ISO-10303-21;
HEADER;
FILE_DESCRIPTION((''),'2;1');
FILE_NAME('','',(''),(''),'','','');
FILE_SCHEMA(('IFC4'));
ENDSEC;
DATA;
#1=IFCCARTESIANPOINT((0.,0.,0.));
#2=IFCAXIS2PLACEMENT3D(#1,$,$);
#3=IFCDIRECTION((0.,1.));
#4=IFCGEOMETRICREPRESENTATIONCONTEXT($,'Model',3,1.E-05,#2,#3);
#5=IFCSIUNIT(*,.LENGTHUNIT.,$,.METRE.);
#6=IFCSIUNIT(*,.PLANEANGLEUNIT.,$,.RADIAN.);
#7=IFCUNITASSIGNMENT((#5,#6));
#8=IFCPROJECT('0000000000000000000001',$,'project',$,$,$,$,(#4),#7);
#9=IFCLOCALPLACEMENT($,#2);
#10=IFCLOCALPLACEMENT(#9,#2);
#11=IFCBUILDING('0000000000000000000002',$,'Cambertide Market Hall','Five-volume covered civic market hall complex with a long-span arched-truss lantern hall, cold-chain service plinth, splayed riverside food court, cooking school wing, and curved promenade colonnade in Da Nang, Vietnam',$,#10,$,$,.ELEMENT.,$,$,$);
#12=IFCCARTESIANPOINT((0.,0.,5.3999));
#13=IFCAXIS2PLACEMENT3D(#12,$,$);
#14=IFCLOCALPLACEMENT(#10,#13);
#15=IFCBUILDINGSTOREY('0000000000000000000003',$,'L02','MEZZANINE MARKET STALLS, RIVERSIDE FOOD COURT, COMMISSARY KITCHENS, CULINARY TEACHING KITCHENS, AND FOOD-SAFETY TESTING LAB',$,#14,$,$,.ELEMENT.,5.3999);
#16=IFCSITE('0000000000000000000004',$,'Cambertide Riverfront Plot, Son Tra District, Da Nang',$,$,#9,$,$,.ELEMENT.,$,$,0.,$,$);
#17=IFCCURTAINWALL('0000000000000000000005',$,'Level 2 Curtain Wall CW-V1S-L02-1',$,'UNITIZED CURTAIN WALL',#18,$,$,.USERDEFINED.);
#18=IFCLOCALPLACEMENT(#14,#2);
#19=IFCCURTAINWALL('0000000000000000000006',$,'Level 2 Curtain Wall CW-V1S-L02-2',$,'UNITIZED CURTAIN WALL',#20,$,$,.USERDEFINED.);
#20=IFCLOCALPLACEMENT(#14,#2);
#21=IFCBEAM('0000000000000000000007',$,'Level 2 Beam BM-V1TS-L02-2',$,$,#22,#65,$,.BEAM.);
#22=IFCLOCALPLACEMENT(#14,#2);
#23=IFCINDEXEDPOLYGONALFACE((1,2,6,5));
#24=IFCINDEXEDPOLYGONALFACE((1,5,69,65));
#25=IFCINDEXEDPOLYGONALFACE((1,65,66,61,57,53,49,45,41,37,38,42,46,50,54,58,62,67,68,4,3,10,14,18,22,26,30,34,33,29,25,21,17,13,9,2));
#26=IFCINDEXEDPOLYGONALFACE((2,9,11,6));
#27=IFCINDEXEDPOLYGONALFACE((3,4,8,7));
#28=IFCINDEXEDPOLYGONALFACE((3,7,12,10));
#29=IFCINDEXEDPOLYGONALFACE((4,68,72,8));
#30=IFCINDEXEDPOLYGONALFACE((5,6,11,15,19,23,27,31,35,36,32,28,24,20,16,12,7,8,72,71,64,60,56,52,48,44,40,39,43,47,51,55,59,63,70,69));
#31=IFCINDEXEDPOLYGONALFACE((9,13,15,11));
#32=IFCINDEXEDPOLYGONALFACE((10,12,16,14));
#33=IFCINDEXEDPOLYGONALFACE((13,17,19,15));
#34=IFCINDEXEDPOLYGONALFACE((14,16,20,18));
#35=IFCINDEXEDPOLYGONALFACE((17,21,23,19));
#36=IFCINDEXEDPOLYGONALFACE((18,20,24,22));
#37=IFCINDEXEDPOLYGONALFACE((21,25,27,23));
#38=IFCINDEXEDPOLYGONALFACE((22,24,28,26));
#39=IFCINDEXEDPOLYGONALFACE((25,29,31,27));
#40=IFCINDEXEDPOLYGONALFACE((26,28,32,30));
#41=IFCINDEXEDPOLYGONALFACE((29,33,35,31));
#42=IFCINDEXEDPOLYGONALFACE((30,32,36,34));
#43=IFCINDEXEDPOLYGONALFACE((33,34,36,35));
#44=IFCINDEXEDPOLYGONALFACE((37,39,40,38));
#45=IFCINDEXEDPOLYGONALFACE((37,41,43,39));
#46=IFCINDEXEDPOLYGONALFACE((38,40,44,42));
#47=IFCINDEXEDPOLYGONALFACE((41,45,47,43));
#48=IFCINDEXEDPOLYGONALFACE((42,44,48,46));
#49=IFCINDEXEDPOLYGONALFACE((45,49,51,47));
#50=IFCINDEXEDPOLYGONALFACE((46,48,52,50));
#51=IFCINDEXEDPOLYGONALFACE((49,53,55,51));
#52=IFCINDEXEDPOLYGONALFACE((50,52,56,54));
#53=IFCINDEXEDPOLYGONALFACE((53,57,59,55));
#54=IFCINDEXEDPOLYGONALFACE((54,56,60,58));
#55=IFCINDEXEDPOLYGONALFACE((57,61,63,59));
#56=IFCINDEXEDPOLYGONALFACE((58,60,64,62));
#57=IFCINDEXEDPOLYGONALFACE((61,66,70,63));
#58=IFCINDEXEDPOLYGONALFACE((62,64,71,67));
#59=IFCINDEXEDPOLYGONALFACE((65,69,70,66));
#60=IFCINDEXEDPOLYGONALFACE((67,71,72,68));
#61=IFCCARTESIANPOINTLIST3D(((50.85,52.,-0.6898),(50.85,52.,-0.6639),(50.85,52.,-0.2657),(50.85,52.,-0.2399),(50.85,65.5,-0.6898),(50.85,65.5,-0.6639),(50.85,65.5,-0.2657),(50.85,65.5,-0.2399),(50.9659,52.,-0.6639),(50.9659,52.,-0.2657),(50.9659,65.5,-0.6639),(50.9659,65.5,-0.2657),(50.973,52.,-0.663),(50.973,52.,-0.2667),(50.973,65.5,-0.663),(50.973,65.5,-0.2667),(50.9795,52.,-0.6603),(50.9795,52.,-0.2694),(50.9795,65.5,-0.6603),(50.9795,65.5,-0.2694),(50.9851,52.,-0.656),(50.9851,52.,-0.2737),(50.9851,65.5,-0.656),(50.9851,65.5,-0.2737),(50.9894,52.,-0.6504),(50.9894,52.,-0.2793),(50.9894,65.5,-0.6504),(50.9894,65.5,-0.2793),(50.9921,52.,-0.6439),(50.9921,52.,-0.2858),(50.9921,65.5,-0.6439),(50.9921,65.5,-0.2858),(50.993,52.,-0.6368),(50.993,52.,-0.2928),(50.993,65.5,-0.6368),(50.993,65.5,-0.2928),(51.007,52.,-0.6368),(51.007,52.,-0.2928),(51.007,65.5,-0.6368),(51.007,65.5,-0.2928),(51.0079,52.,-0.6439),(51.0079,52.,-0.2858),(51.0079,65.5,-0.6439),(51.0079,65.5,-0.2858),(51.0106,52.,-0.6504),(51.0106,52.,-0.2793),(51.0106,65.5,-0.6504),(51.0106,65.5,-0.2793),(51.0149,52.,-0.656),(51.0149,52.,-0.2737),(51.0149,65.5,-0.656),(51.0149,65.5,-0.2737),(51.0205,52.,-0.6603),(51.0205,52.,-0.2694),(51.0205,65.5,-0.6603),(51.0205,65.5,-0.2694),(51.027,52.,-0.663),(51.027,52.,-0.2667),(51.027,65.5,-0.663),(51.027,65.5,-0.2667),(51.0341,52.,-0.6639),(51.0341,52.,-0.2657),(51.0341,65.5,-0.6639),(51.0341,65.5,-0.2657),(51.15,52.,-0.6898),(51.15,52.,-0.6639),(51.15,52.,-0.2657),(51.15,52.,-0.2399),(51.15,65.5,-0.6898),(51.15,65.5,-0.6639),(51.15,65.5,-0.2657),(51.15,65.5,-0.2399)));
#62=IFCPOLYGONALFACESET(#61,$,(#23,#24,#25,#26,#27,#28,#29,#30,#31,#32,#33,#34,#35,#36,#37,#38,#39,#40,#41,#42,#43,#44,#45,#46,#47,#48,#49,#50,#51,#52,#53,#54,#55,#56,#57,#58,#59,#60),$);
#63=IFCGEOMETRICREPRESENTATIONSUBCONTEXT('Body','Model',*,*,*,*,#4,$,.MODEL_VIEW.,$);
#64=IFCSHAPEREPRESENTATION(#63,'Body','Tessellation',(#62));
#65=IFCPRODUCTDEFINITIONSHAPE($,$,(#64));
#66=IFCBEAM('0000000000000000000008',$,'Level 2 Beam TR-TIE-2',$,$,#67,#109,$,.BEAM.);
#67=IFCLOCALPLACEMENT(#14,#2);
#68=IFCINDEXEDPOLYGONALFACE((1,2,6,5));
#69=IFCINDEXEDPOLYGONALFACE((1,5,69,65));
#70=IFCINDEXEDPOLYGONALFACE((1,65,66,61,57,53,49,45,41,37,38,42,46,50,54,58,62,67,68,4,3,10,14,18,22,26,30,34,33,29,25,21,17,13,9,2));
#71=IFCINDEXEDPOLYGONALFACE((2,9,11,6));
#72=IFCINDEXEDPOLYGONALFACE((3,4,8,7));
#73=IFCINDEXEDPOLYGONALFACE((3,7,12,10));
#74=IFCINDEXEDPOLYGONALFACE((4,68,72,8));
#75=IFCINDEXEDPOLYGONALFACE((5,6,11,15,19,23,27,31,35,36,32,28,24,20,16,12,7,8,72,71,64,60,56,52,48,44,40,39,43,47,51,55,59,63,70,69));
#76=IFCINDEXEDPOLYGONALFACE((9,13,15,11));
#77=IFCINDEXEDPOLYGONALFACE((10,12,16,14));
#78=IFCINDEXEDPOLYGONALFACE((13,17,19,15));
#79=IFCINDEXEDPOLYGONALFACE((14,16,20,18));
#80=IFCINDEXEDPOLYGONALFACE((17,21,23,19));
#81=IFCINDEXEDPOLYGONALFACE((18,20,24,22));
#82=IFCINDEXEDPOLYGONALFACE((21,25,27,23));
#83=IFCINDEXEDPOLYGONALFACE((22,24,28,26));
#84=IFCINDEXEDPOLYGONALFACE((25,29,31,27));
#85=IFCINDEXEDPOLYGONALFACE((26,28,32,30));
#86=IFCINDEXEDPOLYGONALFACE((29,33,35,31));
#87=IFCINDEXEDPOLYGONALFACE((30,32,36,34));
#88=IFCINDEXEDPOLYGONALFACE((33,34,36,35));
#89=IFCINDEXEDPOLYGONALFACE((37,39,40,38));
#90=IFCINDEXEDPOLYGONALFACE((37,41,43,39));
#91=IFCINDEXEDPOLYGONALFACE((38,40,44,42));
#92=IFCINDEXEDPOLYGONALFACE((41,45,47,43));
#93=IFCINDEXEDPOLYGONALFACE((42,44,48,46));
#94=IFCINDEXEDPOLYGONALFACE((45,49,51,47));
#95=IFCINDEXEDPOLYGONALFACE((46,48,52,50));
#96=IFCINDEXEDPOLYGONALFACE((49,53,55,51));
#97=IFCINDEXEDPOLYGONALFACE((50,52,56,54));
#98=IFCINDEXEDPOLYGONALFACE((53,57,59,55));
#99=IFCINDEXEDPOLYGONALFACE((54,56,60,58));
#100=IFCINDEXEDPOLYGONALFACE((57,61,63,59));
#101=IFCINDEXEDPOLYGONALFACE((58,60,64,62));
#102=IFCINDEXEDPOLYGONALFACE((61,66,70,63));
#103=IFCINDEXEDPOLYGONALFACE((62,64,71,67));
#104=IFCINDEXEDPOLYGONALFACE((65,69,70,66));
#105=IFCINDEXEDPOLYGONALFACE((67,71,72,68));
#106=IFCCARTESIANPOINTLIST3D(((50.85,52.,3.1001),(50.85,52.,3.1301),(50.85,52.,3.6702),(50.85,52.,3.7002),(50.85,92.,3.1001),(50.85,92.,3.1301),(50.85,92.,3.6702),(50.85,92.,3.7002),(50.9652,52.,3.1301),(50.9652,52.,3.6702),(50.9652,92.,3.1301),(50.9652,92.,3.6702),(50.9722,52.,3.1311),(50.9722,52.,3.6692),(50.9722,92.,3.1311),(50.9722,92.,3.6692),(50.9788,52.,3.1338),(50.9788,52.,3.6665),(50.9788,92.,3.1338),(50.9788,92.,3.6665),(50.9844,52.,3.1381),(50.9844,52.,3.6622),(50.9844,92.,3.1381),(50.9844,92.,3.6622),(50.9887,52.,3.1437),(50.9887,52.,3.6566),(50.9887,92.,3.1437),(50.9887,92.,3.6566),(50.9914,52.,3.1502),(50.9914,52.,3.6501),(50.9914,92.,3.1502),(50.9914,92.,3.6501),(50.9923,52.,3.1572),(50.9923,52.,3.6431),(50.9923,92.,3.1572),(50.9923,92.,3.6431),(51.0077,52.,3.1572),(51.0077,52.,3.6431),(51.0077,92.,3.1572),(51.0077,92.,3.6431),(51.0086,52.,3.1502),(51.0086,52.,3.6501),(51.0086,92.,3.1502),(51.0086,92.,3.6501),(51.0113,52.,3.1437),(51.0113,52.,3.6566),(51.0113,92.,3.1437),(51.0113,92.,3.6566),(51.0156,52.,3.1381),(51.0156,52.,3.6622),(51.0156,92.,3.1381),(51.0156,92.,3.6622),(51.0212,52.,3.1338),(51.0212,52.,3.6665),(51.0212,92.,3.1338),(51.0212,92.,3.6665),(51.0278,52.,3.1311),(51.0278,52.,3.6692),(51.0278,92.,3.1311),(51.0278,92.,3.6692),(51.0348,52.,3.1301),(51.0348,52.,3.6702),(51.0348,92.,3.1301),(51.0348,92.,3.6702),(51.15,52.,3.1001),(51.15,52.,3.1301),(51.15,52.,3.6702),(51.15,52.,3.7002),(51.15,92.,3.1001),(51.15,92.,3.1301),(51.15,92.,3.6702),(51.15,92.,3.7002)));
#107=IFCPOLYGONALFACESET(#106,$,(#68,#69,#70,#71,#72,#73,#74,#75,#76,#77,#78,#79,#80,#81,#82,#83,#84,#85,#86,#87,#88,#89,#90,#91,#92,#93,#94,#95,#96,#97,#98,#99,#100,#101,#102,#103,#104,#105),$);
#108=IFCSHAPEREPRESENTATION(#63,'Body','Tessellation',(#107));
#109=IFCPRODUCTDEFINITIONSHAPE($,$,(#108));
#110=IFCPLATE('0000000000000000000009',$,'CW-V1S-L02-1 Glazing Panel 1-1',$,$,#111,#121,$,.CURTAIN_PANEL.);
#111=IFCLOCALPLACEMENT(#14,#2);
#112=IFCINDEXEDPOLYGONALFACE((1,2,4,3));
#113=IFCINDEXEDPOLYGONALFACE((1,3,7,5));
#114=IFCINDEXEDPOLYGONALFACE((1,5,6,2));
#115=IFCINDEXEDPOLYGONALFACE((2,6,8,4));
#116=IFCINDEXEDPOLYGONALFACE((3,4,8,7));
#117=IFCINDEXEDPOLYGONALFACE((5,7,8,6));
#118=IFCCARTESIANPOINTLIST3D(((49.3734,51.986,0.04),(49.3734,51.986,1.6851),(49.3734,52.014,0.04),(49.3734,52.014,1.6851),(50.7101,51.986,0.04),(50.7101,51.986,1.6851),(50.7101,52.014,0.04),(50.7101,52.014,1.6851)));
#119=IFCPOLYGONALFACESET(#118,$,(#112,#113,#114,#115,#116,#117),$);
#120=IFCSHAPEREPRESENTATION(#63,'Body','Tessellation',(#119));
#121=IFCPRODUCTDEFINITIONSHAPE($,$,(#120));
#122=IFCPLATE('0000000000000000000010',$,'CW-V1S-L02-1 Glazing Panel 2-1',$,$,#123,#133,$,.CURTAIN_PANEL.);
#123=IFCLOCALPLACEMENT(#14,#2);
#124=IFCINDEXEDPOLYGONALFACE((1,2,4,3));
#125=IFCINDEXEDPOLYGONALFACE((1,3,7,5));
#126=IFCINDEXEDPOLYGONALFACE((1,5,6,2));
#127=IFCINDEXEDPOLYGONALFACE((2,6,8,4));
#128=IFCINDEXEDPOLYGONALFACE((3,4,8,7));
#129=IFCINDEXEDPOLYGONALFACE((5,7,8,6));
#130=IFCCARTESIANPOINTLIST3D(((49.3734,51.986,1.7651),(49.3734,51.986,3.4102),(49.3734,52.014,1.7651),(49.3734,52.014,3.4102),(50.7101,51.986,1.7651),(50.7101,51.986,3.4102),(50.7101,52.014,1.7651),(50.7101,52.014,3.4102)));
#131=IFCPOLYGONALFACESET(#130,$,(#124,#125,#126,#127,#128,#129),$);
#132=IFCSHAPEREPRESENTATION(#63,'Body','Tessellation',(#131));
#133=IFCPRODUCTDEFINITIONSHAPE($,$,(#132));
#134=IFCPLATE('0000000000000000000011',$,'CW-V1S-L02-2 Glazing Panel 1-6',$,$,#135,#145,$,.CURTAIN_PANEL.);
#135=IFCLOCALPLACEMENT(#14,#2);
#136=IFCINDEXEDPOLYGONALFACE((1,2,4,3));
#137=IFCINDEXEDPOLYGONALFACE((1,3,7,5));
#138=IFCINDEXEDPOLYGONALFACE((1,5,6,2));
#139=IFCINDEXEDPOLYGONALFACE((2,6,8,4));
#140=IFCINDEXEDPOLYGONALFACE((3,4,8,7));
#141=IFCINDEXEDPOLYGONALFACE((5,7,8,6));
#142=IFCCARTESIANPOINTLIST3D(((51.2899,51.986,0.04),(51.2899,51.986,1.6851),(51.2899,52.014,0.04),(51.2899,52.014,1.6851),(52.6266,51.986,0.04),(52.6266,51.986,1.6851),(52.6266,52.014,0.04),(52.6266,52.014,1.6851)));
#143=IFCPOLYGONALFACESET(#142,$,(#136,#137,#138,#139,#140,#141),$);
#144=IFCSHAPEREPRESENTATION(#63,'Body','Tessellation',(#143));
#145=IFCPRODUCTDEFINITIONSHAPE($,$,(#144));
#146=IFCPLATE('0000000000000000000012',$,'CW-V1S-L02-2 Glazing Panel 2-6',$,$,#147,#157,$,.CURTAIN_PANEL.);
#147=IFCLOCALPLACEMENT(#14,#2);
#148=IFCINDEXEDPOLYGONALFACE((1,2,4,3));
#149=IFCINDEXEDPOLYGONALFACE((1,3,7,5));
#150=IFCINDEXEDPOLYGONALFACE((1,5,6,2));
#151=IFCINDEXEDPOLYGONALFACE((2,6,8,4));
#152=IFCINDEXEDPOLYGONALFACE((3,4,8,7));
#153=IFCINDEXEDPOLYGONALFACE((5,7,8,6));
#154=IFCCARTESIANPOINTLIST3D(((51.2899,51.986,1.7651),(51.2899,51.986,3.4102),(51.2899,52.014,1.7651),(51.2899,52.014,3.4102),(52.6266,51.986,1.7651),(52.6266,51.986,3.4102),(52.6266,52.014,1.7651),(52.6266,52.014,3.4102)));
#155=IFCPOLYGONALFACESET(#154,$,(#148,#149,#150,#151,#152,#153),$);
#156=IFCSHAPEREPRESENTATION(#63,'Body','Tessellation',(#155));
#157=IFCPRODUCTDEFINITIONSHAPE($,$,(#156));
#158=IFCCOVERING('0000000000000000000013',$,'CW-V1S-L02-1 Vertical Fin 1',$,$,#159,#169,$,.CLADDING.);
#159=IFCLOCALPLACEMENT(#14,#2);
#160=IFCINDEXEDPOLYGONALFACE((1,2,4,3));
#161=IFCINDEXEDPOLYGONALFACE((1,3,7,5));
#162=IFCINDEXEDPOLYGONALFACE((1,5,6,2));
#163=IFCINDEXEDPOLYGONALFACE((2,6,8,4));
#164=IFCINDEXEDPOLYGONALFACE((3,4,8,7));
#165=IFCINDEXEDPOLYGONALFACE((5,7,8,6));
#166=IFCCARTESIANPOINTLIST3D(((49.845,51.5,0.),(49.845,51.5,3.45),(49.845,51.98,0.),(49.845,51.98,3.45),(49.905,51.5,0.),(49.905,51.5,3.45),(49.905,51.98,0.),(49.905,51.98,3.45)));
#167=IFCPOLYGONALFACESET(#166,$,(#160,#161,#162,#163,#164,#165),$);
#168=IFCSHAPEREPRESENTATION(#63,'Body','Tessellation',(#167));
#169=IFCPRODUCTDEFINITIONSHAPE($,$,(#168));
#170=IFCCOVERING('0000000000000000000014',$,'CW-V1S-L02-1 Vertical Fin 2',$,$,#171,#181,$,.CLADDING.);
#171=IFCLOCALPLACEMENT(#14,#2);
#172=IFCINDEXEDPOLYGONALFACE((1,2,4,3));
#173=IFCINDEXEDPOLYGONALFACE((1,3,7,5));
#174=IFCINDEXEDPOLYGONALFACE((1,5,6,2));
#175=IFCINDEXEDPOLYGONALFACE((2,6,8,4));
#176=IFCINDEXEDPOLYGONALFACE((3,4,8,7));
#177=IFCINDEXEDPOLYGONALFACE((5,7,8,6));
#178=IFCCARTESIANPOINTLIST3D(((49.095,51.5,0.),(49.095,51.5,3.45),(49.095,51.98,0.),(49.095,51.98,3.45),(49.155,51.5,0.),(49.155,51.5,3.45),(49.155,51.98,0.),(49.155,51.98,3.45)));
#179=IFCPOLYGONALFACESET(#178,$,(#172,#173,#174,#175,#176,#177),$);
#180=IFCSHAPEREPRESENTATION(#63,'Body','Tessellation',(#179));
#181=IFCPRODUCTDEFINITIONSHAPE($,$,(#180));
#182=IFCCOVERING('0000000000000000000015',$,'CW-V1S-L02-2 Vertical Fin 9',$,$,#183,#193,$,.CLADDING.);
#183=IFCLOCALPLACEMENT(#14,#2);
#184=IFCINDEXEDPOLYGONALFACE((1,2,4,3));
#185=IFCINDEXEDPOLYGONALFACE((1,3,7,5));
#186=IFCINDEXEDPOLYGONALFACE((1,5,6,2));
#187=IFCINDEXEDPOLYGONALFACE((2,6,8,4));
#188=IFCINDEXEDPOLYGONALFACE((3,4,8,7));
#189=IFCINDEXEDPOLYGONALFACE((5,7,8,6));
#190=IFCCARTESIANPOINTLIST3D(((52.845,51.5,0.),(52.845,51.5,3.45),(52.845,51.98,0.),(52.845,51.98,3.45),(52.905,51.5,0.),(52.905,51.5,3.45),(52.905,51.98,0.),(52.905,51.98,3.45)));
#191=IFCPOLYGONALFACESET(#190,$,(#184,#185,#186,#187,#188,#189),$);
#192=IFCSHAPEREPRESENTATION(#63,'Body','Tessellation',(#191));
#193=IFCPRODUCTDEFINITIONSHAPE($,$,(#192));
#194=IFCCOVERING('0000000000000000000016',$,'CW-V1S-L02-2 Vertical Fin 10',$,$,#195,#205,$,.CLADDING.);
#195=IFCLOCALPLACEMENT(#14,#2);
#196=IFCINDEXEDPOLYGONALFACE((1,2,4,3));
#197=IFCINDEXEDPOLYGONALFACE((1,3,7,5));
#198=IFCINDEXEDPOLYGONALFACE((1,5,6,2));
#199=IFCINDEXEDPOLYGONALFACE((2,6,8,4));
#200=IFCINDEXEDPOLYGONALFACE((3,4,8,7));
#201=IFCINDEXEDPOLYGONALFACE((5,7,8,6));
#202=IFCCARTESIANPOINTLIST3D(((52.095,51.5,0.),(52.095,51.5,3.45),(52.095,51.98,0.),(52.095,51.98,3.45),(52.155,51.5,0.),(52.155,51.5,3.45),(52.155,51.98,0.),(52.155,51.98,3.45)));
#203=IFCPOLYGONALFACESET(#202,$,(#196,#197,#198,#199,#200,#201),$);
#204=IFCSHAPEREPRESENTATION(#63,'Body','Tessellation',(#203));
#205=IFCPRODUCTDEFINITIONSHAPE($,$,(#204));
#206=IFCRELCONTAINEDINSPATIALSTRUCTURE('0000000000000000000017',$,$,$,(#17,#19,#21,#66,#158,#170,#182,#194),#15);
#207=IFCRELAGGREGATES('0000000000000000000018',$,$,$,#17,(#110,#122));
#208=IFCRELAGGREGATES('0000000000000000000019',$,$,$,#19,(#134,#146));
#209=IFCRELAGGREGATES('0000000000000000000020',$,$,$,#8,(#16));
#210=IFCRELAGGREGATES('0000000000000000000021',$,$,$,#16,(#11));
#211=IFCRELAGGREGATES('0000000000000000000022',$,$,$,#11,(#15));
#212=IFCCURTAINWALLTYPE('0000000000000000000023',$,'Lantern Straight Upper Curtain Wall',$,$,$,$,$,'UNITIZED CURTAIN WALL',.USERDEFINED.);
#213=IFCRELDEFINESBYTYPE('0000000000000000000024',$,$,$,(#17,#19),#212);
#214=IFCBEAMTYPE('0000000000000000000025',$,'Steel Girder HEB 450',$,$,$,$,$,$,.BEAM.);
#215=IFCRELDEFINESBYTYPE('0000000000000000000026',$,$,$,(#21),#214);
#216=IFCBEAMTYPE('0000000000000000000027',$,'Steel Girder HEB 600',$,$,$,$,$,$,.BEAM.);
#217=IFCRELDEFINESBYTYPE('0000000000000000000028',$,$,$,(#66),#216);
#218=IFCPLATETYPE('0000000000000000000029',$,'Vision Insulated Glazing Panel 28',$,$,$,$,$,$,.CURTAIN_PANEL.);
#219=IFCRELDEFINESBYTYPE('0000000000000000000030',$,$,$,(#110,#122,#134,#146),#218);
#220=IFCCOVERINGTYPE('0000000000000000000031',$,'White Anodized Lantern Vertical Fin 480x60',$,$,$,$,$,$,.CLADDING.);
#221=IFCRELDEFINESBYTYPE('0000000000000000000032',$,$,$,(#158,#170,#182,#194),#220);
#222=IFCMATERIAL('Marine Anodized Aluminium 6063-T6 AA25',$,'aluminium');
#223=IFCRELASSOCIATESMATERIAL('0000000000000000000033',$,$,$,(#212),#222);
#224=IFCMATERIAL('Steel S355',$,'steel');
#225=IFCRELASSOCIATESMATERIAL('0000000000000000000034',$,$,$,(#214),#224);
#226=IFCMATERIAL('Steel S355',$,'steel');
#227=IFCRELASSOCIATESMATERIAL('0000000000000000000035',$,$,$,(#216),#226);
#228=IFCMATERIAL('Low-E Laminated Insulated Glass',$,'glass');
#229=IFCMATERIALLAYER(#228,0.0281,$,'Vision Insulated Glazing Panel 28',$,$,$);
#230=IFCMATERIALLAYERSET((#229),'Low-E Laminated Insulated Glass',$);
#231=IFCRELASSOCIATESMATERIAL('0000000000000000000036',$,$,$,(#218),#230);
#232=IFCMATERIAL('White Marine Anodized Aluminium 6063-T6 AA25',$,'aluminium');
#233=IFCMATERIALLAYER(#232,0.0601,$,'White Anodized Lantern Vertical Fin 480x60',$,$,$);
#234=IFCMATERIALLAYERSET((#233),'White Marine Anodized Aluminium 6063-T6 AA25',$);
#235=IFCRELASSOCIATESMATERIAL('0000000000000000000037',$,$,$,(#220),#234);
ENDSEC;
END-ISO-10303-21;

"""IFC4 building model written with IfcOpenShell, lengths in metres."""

from ifc_helpers import new_model, si_unit, direction, frame, origin, origin_2d, place, context, subcontext, project, spatial, rectangle, i_section, extrude, material, layer, layer_set, material_profile, profile_set, type_object, element, aggregate, save


model = new_model("IFC4")

# Units and contexts
model_context = context("Model", 3, precision=1e-05, world=origin(), true_north=direction((0.0, 1.0)))
body_context = subcontext(model_context, "Body", "Model", "MODEL_VIEW")
ifc_project = project(units=[si_unit("LENGTHUNIT", "METRE"), si_unit("PLANEANGLEUNIT", "RADIAN")], contexts=[model_context])

# Site, building, storey
site_placement = place(None, origin())
site = spatial("IfcSite", under=ifc_project, at=site_placement, Name="Cambertide Riverfront Plot, Son Tra District, Da Nang", CompositionType="ELEMENT", RefElevation=0.0)
building_placement = place(site_placement, origin())
building = spatial("IfcBuilding", under=site, at=building_placement, Name="Cambertide Market Hall", Description="Five-volume covered civic market hall complex with a long-span arched-truss lantern hall, cold-chain service plinth, splayed riverside food court, cooking school wing, and curved promenade colonnade in Da Nang, Vietnam", CompositionType="ELEMENT")
storey_placement = place(building_placement, frame((0.0, 0.0, 5.3999)))
storey = spatial("IfcBuildingStorey", under=building, at=storey_placement, Name="L02", Description="MEZZANINE MARKET STALLS, RIVERSIDE FOOD COURT, COMMISSARY KITCHENS, CULINARY TEACHING KITCHENS, AND FOOD-SAFETY TESTING LAB", CompositionType="ELEMENT", Elevation=5.3999)

# Curtain walls
ifc_material_1 = material(Name="Marine Anodized Aluminium 6063-T6 AA25", Category="aluminium")
curtain_wall_type = type_object("IfcCurtainWallType", Name="Lantern Straight Upper Curtain Wall", ElementType="UNITIZED CURTAIN WALL", PredefinedType="USERDEFINED", material=ifc_material_1)
curtain_wall_1_placement = place(storey_placement, origin())
curtain_wall_1 = element("IfcCurtainWall", 1, at=curtain_wall_1_placement, inside=storey, type_object=curtain_wall_type, Name="Level 2 Curtain Wall CW-V1S-L02-1", ObjectType="UNITIZED CURTAIN WALL", PredefinedType="USERDEFINED")
curtain_wall_2_placement = place(storey_placement, origin())
curtain_wall_2 = element("IfcCurtainWall", 2, at=curtain_wall_2_placement, inside=storey, type_object=curtain_wall_type, Name="Level 2 Curtain Wall CW-V1S-L02-2", ObjectType="UNITIZED CURTAIN WALL", PredefinedType="USERDEFINED")

# Beams
ifc_material_2 = material(Name="Steel S355", Category="steel")
ifc_material_profile_1 = material_profile(ifc_material_2, i_section(OverallWidth=0.3, OverallDepth=0.45, WebThickness=0.0139, FlangeThickness=0.0259, FilletRadius=0.0271, at=origin_2d()), Name="HEB 450")
ifc_profile_set_1 = profile_set([ifc_material_profile_1], Name="Steel S355")
beam_type_1 = type_object("IfcBeamType", Name="Steel Girder HEB 450", PredefinedType="BEAM", material=ifc_profile_set_1)
beam_1_placement = place(storey_placement, frame((51.0, 52.0, -0.4648), z_axis=(0.0, 1.0, 0.0), x_axis=(-1.0, 0.0, 0.0)))
element("IfcBeam", 3, at=beam_1_placement, inside=storey, type_object=beam_type_1, Name="Level 2 Beam BM-V1TS-L02-2", PredefinedType="BEAM", context=body_context, shape_type="SweptSolid", body=[
    extrude(i_section(OverallWidth=0.3, OverallDepth=0.45, WebThickness=0.0139, FlangeThickness=0.0259, FilletRadius=0.0271, at=origin_2d()), origin(), (0.0, 0.0, 1.0), 13.5),
])
ifc_material_3 = material(Name="Steel S355", Category="steel")
ifc_material_profile_2 = material_profile(ifc_material_3, i_section(OverallWidth=0.3, OverallDepth=0.6001, WebThickness=0.0154, FlangeThickness=0.03, FilletRadius=0.0271, at=origin_2d()), Name="HEB 600")
ifc_profile_set_2 = profile_set([ifc_material_profile_2], Name="Steel S355")
beam_type_2 = type_object("IfcBeamType", Name="Steel Girder HEB 600", PredefinedType="BEAM", material=ifc_profile_set_2)
beam_2_placement = place(storey_placement, frame((51.0, 52.0, 3.4001), z_axis=(0.0, 1.0, 0.0), x_axis=(-1.0, 0.0, 0.0)))
element("IfcBeam", 4, at=beam_2_placement, inside=storey, type_object=beam_type_2, Name="Level 2 Beam TR-TIE-2", PredefinedType="BEAM", context=body_context, shape_type="SweptSolid", body=[
    extrude(i_section(OverallWidth=0.3, OverallDepth=0.6001, WebThickness=0.0154, FlangeThickness=0.03, FilletRadius=0.0271, at=origin_2d()), origin(), (0.0, 0.0, 1.0), 40.0),
])

# Plates
ifc_material_4 = material(Name="Low-E Laminated Insulated Glass", Category="glass")
ifc_layer_1 = layer(ifc_material_4, 0.0281, Name="Vision Insulated Glazing Panel 28")
ifc_layer_set_1 = layer_set([ifc_layer_1], Name="Low-E Laminated Insulated Glass")
plate_type = type_object("IfcPlateType", Name="Vision Insulated Glazing Panel 28", PredefinedType="CURTAIN_PANEL", material=ifc_layer_set_1)
plate_1_placement = place(storey_placement, frame((50.0417, 52.0, 0.04), z_axis=(0.0, 0.0, 1.0), x_axis=(-1.0, 0.0, 0.0)))
plate_1 = element("IfcPlate", 5, at=plate_1_placement, type_object=plate_type, Name="CW-V1S-L02-1 Glazing Panel 1-1", PredefinedType="CURTAIN_PANEL", context=body_context, shape_type="SweptSolid", body=[
    extrude(rectangle(XDim=1.3367, YDim=0.0281, at=origin_2d()), origin(), (0.0, 0.0, 1.0), 1.645),
])
plate_2_placement = place(storey_placement, frame((50.0417, 52.0, 1.7651), z_axis=(0.0, 0.0, 1.0), x_axis=(-1.0, 0.0, 0.0)))
plate_2 = element("IfcPlate", 6, at=plate_2_placement, type_object=plate_type, Name="CW-V1S-L02-1 Glazing Panel 2-1", PredefinedType="CURTAIN_PANEL", context=body_context, shape_type="SweptSolid", body=[
    extrude(rectangle(XDim=1.3367, YDim=0.0281, at=origin_2d()), origin(), (0.0, 0.0, 1.0), 1.645),
])
aggregate(curtain_wall_1, [plate_1, plate_2])
plate_3_placement = place(storey_placement, frame((51.9583, 52.0, 0.04), z_axis=(0.0, 0.0, 1.0), x_axis=(-1.0, 0.0, 0.0)))
plate_3 = element("IfcPlate", 7, at=plate_3_placement, type_object=plate_type, Name="CW-V1S-L02-2 Glazing Panel 1-6", PredefinedType="CURTAIN_PANEL", context=body_context, shape_type="SweptSolid", body=[
    extrude(rectangle(XDim=1.3367, YDim=0.0281, at=origin_2d()), origin(), (0.0, 0.0, 1.0), 1.645),
])
plate_4_placement = place(storey_placement, frame((51.9583, 52.0, 1.7651), z_axis=(0.0, 0.0, 1.0), x_axis=(-1.0, 0.0, 0.0)))
plate_4 = element("IfcPlate", 8, at=plate_4_placement, type_object=plate_type, Name="CW-V1S-L02-2 Glazing Panel 2-6", PredefinedType="CURTAIN_PANEL", context=body_context, shape_type="SweptSolid", body=[
    extrude(rectangle(XDim=1.3367, YDim=0.0281, at=origin_2d()), origin(), (0.0, 0.0, 1.0), 1.645),
])
aggregate(curtain_wall_2, [plate_3, plate_4])

# Coverings
ifc_material_5 = material(Name="White Marine Anodized Aluminium 6063-T6 AA25", Category="aluminium")
ifc_layer_2 = layer(ifc_material_5, 0.0601, Name="White Anodized Lantern Vertical Fin 480x60")
ifc_layer_set_2 = layer_set([ifc_layer_2], Name="White Marine Anodized Aluminium 6063-T6 AA25")
covering_type = type_object("IfcCoveringType", Name="White Anodized Lantern Vertical Fin 480x60", PredefinedType="CLADDING", material=ifc_layer_set_2)
for number, where, z_axis, x_axis, name in (
    (9, (49.875, 51.74, 0.0), (0.0, 0.0, 1.0), (-1.0, 0.0, 0.0), "CW-V1S-L02-1 Vertical Fin 1"),
    (10, (49.125, 51.74, 0.0), (0.0, 0.0, 1.0), (-1.0, 0.0, 0.0), "CW-V1S-L02-1 Vertical Fin 2"),
    (11, (52.875, 51.74, 0.0), (0.0, 0.0, 1.0), (-1.0, 0.0, 0.0), "CW-V1S-L02-2 Vertical Fin 9"),
    (12, (52.125, 51.74, 0.0), (0.0, 0.0, 1.0), (-1.0, 0.0, 0.0), "CW-V1S-L02-2 Vertical Fin 10"),
):
    element("IfcCovering", number, at=place(storey_placement, frame(where, z_axis=z_axis, x_axis=x_axis)), inside=storey, type_object=covering_type, Name=name, PredefinedType="CLADDING", context=body_context, shape_type="SweptSolid", body=[
        extrude(rectangle(XDim=0.0601, YDim=0.48, at=origin_2d()), origin(), (0.0, 0.0, 1.0), 3.45),
    ])

save(model, "model.ifc")
